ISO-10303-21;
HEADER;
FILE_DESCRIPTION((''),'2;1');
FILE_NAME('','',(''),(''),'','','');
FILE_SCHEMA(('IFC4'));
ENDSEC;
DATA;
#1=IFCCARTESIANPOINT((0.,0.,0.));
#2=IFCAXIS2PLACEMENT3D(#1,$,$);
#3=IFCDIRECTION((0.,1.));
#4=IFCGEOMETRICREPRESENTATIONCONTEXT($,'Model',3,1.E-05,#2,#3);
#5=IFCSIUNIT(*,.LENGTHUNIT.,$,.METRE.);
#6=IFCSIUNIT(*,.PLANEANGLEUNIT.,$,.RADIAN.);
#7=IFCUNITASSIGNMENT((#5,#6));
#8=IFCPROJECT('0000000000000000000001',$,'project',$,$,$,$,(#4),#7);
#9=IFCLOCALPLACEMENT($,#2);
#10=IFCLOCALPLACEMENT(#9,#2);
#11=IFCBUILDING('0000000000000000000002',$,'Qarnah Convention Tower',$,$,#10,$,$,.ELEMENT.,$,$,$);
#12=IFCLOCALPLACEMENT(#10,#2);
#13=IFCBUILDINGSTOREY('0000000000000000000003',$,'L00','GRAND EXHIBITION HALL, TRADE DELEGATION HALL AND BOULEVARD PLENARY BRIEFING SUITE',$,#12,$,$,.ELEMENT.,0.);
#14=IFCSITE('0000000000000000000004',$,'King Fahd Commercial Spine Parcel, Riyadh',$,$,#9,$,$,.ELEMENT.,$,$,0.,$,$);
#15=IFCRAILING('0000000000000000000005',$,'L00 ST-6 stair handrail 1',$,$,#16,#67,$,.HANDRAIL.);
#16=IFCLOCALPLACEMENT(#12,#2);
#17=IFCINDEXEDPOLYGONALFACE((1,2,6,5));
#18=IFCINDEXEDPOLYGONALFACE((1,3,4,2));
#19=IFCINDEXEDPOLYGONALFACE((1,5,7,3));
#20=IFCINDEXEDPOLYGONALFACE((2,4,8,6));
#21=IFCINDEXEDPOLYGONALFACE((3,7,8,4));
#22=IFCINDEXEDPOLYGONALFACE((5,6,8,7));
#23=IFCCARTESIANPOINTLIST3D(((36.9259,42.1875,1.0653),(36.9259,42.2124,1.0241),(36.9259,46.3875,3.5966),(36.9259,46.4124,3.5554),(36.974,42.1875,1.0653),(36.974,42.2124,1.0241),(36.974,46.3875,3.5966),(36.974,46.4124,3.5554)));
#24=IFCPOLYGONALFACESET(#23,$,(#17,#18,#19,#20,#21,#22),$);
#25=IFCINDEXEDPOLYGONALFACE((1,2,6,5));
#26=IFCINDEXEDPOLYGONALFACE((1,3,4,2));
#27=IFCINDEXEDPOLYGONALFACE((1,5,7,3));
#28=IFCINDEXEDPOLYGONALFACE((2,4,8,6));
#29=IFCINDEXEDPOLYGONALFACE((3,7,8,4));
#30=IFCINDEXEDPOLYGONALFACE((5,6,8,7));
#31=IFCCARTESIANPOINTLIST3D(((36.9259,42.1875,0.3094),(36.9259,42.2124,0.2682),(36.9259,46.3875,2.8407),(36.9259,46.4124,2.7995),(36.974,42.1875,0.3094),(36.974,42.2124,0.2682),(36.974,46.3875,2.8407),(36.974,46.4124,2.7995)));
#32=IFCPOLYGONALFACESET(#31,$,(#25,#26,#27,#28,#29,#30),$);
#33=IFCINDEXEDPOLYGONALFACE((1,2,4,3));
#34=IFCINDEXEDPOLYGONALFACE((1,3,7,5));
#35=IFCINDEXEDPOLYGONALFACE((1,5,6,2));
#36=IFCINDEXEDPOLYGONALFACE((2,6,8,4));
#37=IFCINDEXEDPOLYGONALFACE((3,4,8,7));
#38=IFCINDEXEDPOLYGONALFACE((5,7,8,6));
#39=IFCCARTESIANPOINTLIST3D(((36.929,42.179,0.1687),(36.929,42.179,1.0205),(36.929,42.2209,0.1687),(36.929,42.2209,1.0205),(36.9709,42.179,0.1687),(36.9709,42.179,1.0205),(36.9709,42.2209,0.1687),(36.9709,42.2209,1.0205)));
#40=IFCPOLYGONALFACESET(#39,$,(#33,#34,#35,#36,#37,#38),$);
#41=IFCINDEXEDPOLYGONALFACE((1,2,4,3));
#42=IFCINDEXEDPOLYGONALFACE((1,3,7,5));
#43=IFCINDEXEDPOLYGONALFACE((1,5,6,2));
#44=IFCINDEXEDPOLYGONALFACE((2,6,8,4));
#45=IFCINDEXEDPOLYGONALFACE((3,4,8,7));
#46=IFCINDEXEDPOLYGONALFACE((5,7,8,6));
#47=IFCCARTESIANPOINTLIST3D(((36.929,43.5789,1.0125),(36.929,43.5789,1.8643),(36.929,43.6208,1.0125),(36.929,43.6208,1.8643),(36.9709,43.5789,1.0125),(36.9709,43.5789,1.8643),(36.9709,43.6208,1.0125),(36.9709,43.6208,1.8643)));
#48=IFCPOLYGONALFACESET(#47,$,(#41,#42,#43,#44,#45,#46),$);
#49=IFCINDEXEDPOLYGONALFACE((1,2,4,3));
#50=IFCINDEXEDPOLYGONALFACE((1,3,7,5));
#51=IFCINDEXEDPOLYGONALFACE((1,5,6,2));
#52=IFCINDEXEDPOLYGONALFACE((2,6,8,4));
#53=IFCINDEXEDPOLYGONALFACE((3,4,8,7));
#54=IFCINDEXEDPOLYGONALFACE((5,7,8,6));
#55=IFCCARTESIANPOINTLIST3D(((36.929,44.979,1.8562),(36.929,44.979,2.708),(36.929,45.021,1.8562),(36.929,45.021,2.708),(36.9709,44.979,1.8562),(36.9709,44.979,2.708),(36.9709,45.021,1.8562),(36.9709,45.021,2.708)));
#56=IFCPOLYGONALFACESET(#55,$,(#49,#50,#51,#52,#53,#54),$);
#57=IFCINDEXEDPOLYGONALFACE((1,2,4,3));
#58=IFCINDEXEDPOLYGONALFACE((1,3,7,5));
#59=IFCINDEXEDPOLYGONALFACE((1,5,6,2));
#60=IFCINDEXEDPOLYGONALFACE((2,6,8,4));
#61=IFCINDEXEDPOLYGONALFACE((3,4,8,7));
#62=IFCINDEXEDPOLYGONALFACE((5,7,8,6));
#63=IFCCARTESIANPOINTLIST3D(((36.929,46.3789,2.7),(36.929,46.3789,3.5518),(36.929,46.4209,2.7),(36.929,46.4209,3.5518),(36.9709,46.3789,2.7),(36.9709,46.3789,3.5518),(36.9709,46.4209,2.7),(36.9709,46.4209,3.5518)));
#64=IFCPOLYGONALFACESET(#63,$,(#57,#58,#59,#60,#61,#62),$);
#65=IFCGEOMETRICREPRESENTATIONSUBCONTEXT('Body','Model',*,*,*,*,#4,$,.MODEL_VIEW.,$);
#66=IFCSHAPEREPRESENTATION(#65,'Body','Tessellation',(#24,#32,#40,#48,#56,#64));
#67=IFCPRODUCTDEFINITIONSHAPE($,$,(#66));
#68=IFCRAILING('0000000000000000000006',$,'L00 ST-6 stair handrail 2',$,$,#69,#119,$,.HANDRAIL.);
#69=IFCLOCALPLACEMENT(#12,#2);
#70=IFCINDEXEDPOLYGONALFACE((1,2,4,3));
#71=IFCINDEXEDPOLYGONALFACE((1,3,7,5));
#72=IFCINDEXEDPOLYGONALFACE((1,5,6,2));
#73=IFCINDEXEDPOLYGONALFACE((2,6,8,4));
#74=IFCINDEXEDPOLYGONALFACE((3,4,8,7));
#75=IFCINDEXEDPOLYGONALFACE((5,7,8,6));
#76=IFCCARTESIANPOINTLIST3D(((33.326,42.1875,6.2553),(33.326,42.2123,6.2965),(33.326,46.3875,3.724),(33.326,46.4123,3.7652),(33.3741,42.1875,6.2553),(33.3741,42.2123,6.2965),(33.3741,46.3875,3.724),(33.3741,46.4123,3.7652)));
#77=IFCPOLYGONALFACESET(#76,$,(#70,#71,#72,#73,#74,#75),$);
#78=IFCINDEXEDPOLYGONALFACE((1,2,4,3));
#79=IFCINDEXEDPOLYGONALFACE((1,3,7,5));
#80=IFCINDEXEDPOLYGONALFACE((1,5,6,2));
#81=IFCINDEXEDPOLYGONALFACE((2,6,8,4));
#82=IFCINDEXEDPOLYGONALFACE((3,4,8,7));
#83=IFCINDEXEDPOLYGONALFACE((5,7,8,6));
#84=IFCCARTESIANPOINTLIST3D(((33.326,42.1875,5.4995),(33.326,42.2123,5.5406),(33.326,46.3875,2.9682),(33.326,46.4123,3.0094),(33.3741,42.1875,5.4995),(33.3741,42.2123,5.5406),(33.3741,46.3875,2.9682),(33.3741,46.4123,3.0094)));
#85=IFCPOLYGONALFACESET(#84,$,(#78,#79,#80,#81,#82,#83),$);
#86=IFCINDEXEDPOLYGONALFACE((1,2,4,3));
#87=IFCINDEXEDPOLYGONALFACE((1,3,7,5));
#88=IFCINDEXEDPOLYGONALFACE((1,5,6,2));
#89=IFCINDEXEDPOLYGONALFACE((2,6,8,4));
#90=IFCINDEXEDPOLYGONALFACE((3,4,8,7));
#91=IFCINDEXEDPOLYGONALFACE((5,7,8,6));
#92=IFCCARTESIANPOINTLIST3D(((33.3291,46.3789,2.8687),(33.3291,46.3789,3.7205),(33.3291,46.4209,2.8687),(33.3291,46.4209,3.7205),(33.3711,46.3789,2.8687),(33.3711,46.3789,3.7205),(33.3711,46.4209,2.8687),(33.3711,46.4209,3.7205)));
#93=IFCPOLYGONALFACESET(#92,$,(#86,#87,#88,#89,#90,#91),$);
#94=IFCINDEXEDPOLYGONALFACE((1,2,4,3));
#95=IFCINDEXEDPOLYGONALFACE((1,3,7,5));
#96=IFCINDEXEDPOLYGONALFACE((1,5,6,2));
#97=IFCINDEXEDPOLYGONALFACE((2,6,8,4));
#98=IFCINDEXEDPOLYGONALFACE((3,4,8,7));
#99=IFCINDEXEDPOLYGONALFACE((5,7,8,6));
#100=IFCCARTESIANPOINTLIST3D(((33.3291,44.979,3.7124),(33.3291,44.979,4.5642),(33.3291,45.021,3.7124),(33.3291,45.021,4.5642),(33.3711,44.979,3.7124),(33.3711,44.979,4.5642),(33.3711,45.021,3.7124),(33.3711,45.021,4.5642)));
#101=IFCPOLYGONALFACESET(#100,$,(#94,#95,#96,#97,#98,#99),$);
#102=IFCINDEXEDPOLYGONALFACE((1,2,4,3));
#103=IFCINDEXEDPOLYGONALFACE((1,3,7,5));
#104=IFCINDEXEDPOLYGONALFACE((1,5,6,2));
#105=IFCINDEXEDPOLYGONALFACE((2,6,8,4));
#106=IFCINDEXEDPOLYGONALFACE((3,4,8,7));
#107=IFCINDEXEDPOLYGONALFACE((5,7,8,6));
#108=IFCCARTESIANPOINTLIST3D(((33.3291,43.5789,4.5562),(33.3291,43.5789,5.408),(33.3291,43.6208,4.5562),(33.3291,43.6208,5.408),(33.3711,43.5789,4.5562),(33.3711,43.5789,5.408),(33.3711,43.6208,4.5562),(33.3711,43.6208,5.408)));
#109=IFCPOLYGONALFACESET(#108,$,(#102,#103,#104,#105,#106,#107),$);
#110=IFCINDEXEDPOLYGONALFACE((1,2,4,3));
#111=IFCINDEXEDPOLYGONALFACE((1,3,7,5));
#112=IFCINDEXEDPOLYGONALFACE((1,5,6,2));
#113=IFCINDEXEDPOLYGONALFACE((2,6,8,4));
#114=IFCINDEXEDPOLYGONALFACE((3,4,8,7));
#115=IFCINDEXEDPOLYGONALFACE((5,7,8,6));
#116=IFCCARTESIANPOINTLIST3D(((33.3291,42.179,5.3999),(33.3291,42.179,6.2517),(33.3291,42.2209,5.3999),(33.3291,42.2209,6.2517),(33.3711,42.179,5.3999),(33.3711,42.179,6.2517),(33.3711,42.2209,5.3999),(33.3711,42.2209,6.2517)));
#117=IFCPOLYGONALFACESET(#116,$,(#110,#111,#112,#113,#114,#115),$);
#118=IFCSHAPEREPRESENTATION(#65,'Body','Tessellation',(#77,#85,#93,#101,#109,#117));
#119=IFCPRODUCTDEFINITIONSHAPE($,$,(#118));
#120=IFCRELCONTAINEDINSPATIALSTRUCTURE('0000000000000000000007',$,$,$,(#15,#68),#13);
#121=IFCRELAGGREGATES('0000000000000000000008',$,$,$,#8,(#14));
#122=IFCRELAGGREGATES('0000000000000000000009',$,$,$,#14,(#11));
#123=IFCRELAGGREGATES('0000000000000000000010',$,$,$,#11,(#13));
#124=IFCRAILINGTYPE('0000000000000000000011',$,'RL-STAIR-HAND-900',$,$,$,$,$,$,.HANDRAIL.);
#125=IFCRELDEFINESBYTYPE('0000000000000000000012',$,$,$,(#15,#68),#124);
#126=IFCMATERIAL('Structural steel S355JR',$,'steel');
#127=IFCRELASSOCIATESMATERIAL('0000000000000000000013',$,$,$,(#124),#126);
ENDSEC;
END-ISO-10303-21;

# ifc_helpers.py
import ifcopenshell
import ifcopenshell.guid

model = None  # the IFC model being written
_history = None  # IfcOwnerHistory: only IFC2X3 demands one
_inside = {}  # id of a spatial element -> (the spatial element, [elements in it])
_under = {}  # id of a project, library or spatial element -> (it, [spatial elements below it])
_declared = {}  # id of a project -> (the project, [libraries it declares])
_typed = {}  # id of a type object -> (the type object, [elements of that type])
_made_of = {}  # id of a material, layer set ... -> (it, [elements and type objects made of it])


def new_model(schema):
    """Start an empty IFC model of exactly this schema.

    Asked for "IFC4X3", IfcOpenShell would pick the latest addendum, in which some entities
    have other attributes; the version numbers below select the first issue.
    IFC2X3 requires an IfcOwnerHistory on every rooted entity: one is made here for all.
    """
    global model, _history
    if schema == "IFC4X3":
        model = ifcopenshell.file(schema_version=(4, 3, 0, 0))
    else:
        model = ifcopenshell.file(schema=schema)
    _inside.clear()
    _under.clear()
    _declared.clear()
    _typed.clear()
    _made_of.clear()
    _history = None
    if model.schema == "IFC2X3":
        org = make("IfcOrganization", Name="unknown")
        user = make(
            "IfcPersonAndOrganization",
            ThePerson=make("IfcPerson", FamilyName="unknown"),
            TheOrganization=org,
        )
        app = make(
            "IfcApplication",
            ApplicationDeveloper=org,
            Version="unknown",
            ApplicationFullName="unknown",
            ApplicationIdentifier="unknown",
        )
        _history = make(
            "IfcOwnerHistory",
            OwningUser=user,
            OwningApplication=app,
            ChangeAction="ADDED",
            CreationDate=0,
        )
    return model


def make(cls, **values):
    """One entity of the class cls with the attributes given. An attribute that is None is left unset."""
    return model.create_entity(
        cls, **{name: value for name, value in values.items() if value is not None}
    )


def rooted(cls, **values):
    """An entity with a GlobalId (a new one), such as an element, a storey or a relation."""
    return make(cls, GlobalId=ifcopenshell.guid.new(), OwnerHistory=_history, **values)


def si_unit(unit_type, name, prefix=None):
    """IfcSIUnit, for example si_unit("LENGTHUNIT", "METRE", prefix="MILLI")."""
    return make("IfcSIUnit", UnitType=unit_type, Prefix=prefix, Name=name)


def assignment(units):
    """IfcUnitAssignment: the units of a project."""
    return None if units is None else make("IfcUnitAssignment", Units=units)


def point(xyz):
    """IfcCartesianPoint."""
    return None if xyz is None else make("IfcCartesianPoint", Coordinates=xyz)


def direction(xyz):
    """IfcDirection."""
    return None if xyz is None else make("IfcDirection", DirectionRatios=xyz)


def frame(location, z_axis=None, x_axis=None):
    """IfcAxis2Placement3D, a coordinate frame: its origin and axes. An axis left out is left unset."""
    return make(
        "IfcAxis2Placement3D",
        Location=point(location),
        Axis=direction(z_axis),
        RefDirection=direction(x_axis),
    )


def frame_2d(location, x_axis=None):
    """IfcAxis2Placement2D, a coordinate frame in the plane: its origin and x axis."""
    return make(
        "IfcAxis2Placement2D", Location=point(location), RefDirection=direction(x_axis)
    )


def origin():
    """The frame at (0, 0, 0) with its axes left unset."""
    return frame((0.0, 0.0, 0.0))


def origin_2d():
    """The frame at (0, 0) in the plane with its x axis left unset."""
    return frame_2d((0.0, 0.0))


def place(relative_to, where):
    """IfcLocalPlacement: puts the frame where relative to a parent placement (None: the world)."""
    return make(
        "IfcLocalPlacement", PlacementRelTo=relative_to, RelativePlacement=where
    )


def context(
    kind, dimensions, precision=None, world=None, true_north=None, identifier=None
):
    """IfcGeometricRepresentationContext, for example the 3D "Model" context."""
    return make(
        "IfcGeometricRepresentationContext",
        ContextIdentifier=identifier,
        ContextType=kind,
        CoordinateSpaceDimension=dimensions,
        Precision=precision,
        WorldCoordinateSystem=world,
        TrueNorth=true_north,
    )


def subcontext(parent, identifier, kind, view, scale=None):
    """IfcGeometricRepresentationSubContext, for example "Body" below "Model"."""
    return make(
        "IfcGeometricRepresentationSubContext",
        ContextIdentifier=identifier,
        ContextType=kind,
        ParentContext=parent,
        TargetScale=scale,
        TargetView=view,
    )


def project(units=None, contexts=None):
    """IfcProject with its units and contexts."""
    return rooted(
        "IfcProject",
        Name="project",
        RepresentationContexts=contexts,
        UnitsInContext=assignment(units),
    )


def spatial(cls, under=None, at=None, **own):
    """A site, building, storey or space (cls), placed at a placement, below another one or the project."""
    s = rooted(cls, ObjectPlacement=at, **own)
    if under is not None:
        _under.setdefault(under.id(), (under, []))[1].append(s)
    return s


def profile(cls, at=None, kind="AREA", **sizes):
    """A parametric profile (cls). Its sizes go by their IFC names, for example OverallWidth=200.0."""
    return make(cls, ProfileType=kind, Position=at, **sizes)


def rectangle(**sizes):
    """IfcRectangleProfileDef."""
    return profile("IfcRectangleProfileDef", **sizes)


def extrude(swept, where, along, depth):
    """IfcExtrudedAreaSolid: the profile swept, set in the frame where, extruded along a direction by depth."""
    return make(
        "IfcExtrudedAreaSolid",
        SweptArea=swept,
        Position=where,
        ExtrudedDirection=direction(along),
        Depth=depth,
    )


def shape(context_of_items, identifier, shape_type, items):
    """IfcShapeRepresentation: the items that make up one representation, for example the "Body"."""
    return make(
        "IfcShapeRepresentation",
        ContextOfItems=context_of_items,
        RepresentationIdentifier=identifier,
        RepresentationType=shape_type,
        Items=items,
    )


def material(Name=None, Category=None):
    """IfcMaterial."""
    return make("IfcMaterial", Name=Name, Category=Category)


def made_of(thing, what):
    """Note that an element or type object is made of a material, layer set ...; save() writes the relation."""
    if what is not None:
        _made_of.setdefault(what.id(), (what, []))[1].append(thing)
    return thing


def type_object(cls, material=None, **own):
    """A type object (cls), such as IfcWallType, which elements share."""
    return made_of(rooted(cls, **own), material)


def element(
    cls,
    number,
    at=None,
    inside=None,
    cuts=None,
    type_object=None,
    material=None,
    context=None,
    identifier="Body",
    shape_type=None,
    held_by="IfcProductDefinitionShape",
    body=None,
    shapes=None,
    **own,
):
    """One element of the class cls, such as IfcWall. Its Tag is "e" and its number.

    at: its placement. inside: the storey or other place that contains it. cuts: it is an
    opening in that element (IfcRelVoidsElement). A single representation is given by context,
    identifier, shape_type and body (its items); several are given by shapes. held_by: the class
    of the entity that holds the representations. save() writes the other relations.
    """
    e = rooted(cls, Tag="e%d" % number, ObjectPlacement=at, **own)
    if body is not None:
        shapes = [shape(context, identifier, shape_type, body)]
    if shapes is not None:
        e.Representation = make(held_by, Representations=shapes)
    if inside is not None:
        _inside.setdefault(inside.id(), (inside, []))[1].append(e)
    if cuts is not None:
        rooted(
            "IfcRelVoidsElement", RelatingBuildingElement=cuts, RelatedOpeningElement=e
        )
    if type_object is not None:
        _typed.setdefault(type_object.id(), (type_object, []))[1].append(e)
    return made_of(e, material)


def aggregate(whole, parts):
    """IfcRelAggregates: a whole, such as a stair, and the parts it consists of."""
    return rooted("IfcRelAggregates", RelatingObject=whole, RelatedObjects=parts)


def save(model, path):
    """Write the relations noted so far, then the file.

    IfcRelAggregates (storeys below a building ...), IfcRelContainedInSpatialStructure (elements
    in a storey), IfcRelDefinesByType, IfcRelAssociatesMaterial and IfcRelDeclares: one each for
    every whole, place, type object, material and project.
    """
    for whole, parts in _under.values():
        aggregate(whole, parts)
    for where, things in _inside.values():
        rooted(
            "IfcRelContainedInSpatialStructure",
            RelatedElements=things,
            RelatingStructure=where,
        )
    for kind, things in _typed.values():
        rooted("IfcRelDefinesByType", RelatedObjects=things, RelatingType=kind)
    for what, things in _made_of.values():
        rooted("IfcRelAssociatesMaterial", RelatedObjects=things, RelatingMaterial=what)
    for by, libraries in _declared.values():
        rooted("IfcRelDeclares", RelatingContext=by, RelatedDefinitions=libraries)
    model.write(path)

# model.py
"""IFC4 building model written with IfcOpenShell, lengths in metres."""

from ifc_helpers import new_model, si_unit, direction, frame, origin, origin_2d, place, context, subcontext, project, spatial, rectangle, extrude, material, type_object, element, save


model = new_model("IFC4")

# Units and contexts
model_context = context("Model", 3, precision=1e-05, world=origin(), true_north=direction((0.0, 1.0)))
body_context = subcontext(model_context, "Body", "Model", "MODEL_VIEW")
ifc_project = project(units=[si_unit("LENGTHUNIT", "METRE"), si_unit("PLANEANGLEUNIT", "RADIAN")], contexts=[model_context])

# Site, building, storey
site_placement = place(None, origin())
site = spatial("IfcSite", under=ifc_project, at=site_placement, Name="King Fahd Commercial Spine Parcel, Riyadh", CompositionType="ELEMENT", RefElevation=0.0)
building_placement = place(site_placement, origin())
building = spatial("IfcBuilding", under=site, at=building_placement, Name="Qarnah Convention Tower", CompositionType="ELEMENT")
storey_placement = place(building_placement, origin())
storey = spatial("IfcBuildingStorey", under=building, at=storey_placement, Name="L00", Description="GRAND EXHIBITION HALL, TRADE DELEGATION HALL AND BOULEVARD PLENARY BRIEFING SUITE", CompositionType="ELEMENT", Elevation=0.0)

# Shared definitions
ifc_material_1 = material(Name="Structural steel S355JR", Category="steel")

# Railings
railing_type_1 = type_object("IfcRailingType", Name="RL-STAIR-HAND-900", PredefinedType="HANDRAIL", material=ifc_material_1)
railing_1_placement = place(storey_placement, frame((36.95, 42.2, 0.1687)))
element("IfcRailing", 1, at=railing_1_placement, inside=storey, type_object=railing_type_1, Name="L00 ST-6 stair handrail 1", PredefinedType="HANDRAIL", context=body_context, shape_type="SweptSolid", body=[
    extrude(rectangle(XDim=0.0481, YDim=0.0481, at=origin_2d()), frame((0.0, 0.0, 0.876), z_axis=(0.0, 0.856476, 0.516186), x_axis=(-1.0, 0.0, 0.0)), (0.0, 0.0, 1.0), 4.9038),
    extrude(rectangle(XDim=0.0481, YDim=0.0481, at=origin_2d()), frame((0.0, 0.0, 0.1201), z_axis=(0.0, 0.856476, 0.516186), x_axis=(-1.0, 0.0, 0.0)), (0.0, 0.0, 1.0), 4.9038),
    extrude(rectangle(XDim=0.042, YDim=0.042, at=origin_2d()), origin(), (0.0, 0.0, 1.0), 0.8518),
    extrude(rectangle(XDim=0.042, YDim=0.042, at=origin_2d()), frame((0.0, 1.3999, 0.8438)), (0.0, 0.0, 1.0), 0.8518),
    extrude(rectangle(XDim=0.042, YDim=0.042, at=origin_2d()), frame((0.0, 2.8, 1.6875)), (0.0, 0.0, 1.0), 0.8518),
    extrude(rectangle(XDim=0.042, YDim=0.042, at=origin_2d()), frame((0.0, 4.2, 2.5312)), (0.0, 0.0, 1.0), 0.8518),
])
railing_2_placement = place(storey_placement, frame((33.3501, 46.3999, 2.8687)))
element("IfcRailing", 2, at=railing_2_placement, inside=storey, type_object=railing_type_1, Name="L00 ST-6 stair handrail 2", PredefinedType="HANDRAIL", context=body_context, shape_type="SweptSolid", body=[
    extrude(rectangle(XDim=0.0481, YDim=0.0481, at=origin_2d()), frame((0.0, 0.0, 0.876), z_axis=(0.0, -0.856476, 0.516186), x_axis=(1.0, 0.0, 0.0)), (0.0, 0.0, 1.0), 4.9038),
    extrude(rectangle(XDim=0.0481, YDim=0.0481, at=origin_2d()), frame((0.0, 0.0, 0.1201), z_axis=(0.0, -0.856476, 0.516186), x_axis=(1.0, 0.0, 0.0)), (0.0, 0.0, 1.0), 4.9038),
    extrude(rectangle(XDim=0.042, YDim=0.042, at=origin_2d()), origin(), (0.0, 0.0, 1.0), 0.8518),
    extrude(rectangle(XDim=0.042, YDim=0.042, at=origin_2d()), frame((0.0, -1.3999, 0.8438)), (0.0, 0.0, 1.0), 0.8518),
    extrude(rectangle(XDim=0.042, YDim=0.042, at=origin_2d()), frame((0.0, -2.8, 1.6875)), (0.0, 0.0, 1.0), 0.8518),
    extrude(rectangle(XDim=0.042, YDim=0.042, at=origin_2d()), frame((0.0, -4.2, 2.5312)), (0.0, 0.0, 1.0), 0.8518),
])

save(model, "model.ifc")
